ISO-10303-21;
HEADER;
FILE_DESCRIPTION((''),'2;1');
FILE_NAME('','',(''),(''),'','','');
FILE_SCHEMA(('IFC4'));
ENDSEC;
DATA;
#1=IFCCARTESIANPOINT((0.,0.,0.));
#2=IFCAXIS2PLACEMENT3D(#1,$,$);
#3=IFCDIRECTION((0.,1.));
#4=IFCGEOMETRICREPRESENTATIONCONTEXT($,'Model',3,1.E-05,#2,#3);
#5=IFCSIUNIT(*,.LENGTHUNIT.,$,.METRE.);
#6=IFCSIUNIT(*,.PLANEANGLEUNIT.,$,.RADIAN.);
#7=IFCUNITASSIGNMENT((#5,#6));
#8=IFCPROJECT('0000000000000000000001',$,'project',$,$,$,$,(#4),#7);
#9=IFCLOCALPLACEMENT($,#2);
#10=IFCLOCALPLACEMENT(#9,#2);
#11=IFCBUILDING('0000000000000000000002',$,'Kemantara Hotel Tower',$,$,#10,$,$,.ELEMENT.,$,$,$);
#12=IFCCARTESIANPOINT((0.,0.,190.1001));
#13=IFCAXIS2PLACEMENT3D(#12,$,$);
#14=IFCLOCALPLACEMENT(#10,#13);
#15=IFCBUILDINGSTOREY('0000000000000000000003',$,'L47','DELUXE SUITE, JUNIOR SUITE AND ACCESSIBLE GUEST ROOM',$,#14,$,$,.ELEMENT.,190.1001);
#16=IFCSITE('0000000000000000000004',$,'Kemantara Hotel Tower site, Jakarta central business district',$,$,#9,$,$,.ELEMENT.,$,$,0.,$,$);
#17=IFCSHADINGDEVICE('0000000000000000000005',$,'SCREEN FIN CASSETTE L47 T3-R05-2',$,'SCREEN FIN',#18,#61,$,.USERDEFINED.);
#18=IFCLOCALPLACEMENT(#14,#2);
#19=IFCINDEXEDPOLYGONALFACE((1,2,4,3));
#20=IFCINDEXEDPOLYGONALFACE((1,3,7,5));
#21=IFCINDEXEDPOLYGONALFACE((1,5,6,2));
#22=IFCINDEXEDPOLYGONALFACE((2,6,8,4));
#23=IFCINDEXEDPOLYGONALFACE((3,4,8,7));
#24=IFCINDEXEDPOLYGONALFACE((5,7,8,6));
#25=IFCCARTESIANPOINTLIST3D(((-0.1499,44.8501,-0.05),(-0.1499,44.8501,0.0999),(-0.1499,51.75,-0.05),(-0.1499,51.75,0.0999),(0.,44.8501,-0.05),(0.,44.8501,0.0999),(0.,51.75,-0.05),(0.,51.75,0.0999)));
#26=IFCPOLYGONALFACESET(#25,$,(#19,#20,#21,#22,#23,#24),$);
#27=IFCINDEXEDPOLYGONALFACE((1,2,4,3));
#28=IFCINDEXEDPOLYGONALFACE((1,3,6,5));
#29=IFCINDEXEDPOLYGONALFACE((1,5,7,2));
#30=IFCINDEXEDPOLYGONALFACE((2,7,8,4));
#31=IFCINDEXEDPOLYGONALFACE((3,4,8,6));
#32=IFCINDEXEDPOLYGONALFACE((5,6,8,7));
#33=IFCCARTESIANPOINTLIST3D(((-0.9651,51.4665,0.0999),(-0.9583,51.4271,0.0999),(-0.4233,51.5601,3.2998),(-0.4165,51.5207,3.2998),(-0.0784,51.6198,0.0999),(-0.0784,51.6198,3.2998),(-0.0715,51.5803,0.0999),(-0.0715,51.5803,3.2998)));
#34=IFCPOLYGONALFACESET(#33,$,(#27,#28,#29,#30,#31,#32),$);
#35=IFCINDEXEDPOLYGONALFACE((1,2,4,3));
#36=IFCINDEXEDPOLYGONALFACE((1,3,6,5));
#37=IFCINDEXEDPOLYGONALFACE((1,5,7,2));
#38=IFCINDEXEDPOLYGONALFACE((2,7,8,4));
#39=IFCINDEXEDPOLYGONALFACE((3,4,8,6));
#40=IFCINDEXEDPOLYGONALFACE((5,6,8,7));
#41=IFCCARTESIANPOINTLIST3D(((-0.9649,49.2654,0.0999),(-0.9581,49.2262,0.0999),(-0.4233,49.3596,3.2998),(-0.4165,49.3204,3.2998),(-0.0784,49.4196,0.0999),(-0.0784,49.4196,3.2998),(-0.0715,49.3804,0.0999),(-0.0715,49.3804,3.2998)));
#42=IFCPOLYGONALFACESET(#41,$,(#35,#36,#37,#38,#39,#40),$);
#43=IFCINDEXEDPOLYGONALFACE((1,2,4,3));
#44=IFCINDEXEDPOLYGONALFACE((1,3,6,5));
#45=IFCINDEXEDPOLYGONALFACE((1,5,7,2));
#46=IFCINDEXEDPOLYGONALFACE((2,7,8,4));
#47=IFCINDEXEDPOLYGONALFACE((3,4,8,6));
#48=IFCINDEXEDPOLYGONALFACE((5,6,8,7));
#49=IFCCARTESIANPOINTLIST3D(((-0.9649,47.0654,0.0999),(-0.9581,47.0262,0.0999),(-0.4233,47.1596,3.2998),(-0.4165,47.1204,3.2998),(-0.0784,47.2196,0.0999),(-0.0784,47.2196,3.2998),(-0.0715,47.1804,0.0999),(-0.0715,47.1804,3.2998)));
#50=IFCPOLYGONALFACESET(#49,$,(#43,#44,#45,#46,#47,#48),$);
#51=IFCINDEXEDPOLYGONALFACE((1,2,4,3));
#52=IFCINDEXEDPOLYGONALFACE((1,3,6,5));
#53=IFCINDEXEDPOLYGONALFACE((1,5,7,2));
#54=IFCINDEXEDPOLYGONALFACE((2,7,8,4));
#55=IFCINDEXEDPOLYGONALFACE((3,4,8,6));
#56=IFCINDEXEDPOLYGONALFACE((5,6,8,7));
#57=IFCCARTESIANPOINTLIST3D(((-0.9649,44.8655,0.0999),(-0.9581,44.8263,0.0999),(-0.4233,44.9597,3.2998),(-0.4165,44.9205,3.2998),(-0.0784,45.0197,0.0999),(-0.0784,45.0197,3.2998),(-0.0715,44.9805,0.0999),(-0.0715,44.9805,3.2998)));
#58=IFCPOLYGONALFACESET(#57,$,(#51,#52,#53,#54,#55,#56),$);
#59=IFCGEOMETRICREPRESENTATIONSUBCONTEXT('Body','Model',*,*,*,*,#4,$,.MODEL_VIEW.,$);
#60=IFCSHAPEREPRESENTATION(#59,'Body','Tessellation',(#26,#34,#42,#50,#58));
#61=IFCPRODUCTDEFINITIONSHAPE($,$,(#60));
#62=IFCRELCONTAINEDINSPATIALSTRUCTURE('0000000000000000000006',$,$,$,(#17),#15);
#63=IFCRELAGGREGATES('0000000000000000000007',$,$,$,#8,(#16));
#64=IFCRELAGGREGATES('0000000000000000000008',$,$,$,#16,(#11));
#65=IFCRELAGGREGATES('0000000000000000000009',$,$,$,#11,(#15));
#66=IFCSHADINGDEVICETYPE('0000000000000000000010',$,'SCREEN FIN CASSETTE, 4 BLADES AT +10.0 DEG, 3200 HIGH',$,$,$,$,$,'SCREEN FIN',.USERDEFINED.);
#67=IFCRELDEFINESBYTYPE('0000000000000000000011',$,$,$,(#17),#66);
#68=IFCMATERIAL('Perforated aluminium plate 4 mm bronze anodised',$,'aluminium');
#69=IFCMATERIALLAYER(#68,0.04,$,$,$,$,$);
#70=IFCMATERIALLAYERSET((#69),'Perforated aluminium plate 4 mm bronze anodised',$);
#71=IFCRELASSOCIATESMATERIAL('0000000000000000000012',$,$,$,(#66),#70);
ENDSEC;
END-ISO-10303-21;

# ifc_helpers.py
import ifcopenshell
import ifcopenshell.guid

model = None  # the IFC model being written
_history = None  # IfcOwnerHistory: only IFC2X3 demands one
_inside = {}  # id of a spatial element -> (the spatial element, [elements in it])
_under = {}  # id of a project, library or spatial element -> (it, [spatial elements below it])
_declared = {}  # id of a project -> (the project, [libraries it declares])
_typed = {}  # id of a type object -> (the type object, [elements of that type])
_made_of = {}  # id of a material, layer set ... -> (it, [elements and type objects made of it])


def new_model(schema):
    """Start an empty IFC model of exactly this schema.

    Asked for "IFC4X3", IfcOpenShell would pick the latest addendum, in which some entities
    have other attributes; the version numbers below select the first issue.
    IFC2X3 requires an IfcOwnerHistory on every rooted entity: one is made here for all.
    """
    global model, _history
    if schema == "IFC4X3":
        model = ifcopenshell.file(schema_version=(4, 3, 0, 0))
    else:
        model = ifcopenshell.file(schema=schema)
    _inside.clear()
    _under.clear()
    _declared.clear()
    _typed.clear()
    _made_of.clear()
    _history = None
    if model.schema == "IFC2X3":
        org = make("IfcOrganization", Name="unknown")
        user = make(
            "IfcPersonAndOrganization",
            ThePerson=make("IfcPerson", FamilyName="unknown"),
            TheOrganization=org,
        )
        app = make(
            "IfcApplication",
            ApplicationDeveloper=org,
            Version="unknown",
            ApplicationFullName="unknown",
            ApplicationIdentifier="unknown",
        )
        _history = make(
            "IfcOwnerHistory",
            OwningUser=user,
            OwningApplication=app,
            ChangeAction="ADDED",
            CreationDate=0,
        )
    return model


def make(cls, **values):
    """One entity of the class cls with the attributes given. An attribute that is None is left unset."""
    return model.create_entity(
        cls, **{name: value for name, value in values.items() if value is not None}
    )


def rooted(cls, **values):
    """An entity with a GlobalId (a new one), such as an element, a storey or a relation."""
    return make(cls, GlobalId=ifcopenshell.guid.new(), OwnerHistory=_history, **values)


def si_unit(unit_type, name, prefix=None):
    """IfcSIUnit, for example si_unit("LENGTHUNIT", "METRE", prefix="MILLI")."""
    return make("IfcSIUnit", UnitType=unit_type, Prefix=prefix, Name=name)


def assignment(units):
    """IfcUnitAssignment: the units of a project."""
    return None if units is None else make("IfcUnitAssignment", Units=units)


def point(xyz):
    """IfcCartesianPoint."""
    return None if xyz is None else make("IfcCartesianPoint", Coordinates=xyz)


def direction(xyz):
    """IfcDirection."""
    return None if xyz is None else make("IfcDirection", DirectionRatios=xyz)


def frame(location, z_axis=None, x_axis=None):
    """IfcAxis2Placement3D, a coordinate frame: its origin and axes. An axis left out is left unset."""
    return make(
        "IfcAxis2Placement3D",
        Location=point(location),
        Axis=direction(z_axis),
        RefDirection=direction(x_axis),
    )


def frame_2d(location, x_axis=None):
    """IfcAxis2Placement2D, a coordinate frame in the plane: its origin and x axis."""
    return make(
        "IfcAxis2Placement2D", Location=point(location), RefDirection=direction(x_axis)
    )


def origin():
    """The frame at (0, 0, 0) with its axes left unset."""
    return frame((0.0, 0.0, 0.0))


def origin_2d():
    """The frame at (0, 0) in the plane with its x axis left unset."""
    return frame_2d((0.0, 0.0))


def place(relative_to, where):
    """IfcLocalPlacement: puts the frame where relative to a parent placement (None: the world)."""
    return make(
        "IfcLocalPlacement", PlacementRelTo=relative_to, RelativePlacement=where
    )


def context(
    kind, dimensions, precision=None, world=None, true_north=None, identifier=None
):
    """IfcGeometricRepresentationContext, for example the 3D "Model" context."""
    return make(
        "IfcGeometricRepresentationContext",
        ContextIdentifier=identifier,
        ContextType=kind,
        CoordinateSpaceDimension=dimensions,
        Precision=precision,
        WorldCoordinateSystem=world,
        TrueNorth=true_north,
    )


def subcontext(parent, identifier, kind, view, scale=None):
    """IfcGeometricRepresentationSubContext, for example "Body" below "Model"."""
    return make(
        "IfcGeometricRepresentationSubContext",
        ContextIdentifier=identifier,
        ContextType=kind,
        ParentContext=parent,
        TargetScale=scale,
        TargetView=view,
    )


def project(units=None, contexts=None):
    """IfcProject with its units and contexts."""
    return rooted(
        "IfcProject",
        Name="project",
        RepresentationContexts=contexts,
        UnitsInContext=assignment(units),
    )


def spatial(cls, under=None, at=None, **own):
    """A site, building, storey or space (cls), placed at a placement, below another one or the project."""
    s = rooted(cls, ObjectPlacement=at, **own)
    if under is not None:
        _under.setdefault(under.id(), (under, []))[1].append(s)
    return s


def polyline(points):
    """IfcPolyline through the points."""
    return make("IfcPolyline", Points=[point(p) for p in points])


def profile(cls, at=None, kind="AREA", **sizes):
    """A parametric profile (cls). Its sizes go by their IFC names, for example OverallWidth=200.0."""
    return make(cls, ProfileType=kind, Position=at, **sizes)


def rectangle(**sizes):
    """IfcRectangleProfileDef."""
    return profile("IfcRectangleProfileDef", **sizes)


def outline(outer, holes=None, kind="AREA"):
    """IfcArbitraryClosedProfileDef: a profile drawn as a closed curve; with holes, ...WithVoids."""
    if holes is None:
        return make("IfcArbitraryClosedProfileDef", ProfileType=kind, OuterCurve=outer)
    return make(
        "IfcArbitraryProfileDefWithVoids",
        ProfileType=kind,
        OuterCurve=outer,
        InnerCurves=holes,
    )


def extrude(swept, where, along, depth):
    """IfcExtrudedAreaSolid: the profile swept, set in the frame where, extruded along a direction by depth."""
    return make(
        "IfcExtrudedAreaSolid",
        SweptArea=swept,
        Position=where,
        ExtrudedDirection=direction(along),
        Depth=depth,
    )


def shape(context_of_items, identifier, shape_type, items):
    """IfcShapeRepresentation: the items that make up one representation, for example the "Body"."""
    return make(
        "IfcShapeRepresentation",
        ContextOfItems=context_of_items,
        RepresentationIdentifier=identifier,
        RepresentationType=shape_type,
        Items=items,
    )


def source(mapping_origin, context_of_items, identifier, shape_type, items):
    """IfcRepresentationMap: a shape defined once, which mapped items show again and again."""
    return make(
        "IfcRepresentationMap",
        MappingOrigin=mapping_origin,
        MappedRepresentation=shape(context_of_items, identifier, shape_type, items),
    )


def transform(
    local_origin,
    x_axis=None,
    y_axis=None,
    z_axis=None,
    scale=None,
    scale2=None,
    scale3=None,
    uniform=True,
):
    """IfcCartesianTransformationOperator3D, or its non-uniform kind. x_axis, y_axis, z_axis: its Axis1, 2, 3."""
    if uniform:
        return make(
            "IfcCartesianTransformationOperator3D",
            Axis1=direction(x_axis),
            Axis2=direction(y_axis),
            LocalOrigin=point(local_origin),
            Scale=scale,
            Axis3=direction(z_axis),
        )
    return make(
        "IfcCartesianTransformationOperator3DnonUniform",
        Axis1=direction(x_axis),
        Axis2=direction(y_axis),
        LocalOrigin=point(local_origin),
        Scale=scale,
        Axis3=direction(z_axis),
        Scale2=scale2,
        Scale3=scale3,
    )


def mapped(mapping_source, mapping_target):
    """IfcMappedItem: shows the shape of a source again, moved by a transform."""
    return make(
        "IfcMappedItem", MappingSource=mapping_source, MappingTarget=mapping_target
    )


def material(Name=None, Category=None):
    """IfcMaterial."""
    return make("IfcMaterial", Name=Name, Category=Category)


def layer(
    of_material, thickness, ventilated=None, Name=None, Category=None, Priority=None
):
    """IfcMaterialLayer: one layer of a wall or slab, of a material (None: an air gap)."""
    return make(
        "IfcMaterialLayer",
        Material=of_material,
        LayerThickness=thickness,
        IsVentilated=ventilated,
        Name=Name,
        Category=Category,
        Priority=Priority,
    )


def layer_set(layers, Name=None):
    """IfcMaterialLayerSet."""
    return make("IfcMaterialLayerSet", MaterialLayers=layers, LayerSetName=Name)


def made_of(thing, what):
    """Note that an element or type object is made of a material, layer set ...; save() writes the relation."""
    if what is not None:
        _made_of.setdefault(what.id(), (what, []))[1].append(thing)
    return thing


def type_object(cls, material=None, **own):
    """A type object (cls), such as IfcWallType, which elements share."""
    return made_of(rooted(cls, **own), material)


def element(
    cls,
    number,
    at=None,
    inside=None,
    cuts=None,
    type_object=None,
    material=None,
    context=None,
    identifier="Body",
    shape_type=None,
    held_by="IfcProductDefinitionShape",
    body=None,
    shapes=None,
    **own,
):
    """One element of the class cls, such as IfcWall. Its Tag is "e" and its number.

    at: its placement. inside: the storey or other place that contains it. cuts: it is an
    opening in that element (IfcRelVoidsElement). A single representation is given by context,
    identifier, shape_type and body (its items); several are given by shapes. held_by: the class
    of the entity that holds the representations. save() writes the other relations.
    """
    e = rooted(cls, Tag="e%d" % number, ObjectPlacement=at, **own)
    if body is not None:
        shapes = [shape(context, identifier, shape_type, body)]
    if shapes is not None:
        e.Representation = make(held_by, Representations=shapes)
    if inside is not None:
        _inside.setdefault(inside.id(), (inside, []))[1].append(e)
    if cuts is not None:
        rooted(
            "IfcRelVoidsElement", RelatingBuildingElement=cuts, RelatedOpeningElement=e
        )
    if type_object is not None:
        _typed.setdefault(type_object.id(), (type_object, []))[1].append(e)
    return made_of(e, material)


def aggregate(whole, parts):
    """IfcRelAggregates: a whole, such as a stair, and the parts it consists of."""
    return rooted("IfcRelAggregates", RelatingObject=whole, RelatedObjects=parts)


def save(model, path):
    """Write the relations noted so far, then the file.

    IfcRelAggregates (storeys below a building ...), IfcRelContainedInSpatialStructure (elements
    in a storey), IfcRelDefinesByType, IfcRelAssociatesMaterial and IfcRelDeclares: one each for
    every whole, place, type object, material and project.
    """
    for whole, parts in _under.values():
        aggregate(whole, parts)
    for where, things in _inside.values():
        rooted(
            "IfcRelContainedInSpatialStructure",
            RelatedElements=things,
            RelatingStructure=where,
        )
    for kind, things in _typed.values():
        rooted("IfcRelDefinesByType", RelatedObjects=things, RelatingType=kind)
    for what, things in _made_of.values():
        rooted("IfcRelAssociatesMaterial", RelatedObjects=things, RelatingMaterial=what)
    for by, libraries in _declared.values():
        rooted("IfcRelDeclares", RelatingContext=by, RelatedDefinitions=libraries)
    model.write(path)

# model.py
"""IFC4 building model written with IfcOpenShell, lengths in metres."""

from ifc_helpers import new_model, si_unit, direction, frame, origin, origin_2d, place, context, subcontext, project, spatial, polyline, rectangle, outline, extrude, source, transform, mapped, material, layer, layer_set, type_object, element, save


model = new_model("IFC4")

# Units and contexts
model_context = context("Model", 3, precision=1e-05, world=origin(), true_north=direction((0.0, 1.0)))
body_context = subcontext(model_context, "Body", "Model", "MODEL_VIEW")
ifc_project = project(units=[si_unit("LENGTHUNIT", "METRE"), si_unit("PLANEANGLEUNIT", "RADIAN")], contexts=[model_context])

# Site, building, storey
site_placement = place(None, origin())
site = spatial("IfcSite", under=ifc_project, at=site_placement, Name="Kemantara Hotel Tower site, Jakarta central business district", CompositionType="ELEMENT", RefElevation=0.0)
building_placement = place(site_placement, origin())
building = spatial("IfcBuilding", under=site, at=building_placement, Name="Kemantara Hotel Tower", CompositionType="ELEMENT")
storey_placement = place(building_placement, frame((0.0, 0.0, 190.1001)))
storey = spatial("IfcBuildingStorey", under=building, at=storey_placement, Name="L47", Description="DELUXE SUITE, JUNIOR SUITE AND ACCESSIBLE GUEST ROOM", CompositionType="ELEMENT", Elevation=190.1001)

# Shading device
ifc_material_1 = material(Name="Perforated aluminium plate 4 mm bronze anodised", Category="aluminium")
ifc_layer_1 = layer(ifc_material_1, 0.04)
ifc_layer_set_1 = layer_set([ifc_layer_1], Name="Perforated aluminium plate 4 mm bronze anodised")
shading_device_type = type_object("IfcShadingDeviceType", Name="SCREEN FIN CASSETTE, 4 BLADES AT +10.0 DEG, 3200 HIGH", ElementType="SCREEN FIN", PredefinedType="USERDEFINED", material=ifc_layer_set_1)
shared_shape_1 = source(origin(), body_context, "Body", "SweptSolid", [
    extrude(rectangle(XDim=6.8999, YDim=0.1499, at=origin_2d()), frame((3.3, -0.075, -0.1499), z_axis=(0.0, 0.0, 1.0), x_axis=(1.0, 0.0, 0.0)), (0.0, 0.0, 1.0), 0.1499),
    extrude(outline(polyline([(0.0, 0.0), (0.8999, 0.0), (0.3501, 3.2), (0.0, 3.2), (0.0, 0.0)])), frame((0.0198, -0.0715, 0.0), z_axis=(-0.98539, -0.170314, 0.0), x_axis=(0.170314, -0.98539, 0.0)), (0.0, 0.0, 1.0), 0.04),
    extrude(outline(polyline([(0.0, 0.0), (0.8999, 0.0), (0.3501, 3.2), (0.0, 3.2), (0.0, 0.0)])), frame((2.2197, -0.0715, 0.0), z_axis=(-0.985212, -0.171341, 0.0), x_axis=(0.171341, -0.985212, 0.0)), (0.0, 0.0, 1.0), 0.0398),
    extrude(outline(polyline([(0.0, 0.0), (0.8999, 0.0), (0.3501, 3.2), (0.0, 3.2), (0.0, 0.0)])), frame((4.4197, -0.0715, 0.0), z_axis=(-0.985212, -0.171341, 0.0), x_axis=(0.171341, -0.985212, 0.0)), (0.0, 0.0, 1.0), 0.0398),
    extrude(outline(polyline([(0.0, 0.0), (0.8999, 0.0), (0.3501, 3.2), (0.0, 3.2), (0.0, 0.0)])), frame((6.6196, -0.0715, 0.0), z_axis=(-0.985212, -0.171341, 0.0), x_axis=(0.171341, -0.985212, 0.0)), (0.0, 0.0, 1.0), 0.0398),
])
shading_device_placement = place(storey_placement, frame((0.0, 51.6001, 0.0999), z_axis=(0.0, 0.0, 1.0), x_axis=(0.0, -1.0, 0.0)))
element("IfcShadingDevice", 1, at=shading_device_placement, inside=storey, type_object=shading_device_type, Name="SCREEN FIN CASSETTE L47 T3-R05-2", ObjectType="SCREEN FIN", PredefinedType="USERDEFINED", context=body_context, shape_type="MappedRepresentation", body=[
    mapped(shared_shape_1, transform((0.0, 0.0, 0.0))),
])

save(model, "model.ifc")
